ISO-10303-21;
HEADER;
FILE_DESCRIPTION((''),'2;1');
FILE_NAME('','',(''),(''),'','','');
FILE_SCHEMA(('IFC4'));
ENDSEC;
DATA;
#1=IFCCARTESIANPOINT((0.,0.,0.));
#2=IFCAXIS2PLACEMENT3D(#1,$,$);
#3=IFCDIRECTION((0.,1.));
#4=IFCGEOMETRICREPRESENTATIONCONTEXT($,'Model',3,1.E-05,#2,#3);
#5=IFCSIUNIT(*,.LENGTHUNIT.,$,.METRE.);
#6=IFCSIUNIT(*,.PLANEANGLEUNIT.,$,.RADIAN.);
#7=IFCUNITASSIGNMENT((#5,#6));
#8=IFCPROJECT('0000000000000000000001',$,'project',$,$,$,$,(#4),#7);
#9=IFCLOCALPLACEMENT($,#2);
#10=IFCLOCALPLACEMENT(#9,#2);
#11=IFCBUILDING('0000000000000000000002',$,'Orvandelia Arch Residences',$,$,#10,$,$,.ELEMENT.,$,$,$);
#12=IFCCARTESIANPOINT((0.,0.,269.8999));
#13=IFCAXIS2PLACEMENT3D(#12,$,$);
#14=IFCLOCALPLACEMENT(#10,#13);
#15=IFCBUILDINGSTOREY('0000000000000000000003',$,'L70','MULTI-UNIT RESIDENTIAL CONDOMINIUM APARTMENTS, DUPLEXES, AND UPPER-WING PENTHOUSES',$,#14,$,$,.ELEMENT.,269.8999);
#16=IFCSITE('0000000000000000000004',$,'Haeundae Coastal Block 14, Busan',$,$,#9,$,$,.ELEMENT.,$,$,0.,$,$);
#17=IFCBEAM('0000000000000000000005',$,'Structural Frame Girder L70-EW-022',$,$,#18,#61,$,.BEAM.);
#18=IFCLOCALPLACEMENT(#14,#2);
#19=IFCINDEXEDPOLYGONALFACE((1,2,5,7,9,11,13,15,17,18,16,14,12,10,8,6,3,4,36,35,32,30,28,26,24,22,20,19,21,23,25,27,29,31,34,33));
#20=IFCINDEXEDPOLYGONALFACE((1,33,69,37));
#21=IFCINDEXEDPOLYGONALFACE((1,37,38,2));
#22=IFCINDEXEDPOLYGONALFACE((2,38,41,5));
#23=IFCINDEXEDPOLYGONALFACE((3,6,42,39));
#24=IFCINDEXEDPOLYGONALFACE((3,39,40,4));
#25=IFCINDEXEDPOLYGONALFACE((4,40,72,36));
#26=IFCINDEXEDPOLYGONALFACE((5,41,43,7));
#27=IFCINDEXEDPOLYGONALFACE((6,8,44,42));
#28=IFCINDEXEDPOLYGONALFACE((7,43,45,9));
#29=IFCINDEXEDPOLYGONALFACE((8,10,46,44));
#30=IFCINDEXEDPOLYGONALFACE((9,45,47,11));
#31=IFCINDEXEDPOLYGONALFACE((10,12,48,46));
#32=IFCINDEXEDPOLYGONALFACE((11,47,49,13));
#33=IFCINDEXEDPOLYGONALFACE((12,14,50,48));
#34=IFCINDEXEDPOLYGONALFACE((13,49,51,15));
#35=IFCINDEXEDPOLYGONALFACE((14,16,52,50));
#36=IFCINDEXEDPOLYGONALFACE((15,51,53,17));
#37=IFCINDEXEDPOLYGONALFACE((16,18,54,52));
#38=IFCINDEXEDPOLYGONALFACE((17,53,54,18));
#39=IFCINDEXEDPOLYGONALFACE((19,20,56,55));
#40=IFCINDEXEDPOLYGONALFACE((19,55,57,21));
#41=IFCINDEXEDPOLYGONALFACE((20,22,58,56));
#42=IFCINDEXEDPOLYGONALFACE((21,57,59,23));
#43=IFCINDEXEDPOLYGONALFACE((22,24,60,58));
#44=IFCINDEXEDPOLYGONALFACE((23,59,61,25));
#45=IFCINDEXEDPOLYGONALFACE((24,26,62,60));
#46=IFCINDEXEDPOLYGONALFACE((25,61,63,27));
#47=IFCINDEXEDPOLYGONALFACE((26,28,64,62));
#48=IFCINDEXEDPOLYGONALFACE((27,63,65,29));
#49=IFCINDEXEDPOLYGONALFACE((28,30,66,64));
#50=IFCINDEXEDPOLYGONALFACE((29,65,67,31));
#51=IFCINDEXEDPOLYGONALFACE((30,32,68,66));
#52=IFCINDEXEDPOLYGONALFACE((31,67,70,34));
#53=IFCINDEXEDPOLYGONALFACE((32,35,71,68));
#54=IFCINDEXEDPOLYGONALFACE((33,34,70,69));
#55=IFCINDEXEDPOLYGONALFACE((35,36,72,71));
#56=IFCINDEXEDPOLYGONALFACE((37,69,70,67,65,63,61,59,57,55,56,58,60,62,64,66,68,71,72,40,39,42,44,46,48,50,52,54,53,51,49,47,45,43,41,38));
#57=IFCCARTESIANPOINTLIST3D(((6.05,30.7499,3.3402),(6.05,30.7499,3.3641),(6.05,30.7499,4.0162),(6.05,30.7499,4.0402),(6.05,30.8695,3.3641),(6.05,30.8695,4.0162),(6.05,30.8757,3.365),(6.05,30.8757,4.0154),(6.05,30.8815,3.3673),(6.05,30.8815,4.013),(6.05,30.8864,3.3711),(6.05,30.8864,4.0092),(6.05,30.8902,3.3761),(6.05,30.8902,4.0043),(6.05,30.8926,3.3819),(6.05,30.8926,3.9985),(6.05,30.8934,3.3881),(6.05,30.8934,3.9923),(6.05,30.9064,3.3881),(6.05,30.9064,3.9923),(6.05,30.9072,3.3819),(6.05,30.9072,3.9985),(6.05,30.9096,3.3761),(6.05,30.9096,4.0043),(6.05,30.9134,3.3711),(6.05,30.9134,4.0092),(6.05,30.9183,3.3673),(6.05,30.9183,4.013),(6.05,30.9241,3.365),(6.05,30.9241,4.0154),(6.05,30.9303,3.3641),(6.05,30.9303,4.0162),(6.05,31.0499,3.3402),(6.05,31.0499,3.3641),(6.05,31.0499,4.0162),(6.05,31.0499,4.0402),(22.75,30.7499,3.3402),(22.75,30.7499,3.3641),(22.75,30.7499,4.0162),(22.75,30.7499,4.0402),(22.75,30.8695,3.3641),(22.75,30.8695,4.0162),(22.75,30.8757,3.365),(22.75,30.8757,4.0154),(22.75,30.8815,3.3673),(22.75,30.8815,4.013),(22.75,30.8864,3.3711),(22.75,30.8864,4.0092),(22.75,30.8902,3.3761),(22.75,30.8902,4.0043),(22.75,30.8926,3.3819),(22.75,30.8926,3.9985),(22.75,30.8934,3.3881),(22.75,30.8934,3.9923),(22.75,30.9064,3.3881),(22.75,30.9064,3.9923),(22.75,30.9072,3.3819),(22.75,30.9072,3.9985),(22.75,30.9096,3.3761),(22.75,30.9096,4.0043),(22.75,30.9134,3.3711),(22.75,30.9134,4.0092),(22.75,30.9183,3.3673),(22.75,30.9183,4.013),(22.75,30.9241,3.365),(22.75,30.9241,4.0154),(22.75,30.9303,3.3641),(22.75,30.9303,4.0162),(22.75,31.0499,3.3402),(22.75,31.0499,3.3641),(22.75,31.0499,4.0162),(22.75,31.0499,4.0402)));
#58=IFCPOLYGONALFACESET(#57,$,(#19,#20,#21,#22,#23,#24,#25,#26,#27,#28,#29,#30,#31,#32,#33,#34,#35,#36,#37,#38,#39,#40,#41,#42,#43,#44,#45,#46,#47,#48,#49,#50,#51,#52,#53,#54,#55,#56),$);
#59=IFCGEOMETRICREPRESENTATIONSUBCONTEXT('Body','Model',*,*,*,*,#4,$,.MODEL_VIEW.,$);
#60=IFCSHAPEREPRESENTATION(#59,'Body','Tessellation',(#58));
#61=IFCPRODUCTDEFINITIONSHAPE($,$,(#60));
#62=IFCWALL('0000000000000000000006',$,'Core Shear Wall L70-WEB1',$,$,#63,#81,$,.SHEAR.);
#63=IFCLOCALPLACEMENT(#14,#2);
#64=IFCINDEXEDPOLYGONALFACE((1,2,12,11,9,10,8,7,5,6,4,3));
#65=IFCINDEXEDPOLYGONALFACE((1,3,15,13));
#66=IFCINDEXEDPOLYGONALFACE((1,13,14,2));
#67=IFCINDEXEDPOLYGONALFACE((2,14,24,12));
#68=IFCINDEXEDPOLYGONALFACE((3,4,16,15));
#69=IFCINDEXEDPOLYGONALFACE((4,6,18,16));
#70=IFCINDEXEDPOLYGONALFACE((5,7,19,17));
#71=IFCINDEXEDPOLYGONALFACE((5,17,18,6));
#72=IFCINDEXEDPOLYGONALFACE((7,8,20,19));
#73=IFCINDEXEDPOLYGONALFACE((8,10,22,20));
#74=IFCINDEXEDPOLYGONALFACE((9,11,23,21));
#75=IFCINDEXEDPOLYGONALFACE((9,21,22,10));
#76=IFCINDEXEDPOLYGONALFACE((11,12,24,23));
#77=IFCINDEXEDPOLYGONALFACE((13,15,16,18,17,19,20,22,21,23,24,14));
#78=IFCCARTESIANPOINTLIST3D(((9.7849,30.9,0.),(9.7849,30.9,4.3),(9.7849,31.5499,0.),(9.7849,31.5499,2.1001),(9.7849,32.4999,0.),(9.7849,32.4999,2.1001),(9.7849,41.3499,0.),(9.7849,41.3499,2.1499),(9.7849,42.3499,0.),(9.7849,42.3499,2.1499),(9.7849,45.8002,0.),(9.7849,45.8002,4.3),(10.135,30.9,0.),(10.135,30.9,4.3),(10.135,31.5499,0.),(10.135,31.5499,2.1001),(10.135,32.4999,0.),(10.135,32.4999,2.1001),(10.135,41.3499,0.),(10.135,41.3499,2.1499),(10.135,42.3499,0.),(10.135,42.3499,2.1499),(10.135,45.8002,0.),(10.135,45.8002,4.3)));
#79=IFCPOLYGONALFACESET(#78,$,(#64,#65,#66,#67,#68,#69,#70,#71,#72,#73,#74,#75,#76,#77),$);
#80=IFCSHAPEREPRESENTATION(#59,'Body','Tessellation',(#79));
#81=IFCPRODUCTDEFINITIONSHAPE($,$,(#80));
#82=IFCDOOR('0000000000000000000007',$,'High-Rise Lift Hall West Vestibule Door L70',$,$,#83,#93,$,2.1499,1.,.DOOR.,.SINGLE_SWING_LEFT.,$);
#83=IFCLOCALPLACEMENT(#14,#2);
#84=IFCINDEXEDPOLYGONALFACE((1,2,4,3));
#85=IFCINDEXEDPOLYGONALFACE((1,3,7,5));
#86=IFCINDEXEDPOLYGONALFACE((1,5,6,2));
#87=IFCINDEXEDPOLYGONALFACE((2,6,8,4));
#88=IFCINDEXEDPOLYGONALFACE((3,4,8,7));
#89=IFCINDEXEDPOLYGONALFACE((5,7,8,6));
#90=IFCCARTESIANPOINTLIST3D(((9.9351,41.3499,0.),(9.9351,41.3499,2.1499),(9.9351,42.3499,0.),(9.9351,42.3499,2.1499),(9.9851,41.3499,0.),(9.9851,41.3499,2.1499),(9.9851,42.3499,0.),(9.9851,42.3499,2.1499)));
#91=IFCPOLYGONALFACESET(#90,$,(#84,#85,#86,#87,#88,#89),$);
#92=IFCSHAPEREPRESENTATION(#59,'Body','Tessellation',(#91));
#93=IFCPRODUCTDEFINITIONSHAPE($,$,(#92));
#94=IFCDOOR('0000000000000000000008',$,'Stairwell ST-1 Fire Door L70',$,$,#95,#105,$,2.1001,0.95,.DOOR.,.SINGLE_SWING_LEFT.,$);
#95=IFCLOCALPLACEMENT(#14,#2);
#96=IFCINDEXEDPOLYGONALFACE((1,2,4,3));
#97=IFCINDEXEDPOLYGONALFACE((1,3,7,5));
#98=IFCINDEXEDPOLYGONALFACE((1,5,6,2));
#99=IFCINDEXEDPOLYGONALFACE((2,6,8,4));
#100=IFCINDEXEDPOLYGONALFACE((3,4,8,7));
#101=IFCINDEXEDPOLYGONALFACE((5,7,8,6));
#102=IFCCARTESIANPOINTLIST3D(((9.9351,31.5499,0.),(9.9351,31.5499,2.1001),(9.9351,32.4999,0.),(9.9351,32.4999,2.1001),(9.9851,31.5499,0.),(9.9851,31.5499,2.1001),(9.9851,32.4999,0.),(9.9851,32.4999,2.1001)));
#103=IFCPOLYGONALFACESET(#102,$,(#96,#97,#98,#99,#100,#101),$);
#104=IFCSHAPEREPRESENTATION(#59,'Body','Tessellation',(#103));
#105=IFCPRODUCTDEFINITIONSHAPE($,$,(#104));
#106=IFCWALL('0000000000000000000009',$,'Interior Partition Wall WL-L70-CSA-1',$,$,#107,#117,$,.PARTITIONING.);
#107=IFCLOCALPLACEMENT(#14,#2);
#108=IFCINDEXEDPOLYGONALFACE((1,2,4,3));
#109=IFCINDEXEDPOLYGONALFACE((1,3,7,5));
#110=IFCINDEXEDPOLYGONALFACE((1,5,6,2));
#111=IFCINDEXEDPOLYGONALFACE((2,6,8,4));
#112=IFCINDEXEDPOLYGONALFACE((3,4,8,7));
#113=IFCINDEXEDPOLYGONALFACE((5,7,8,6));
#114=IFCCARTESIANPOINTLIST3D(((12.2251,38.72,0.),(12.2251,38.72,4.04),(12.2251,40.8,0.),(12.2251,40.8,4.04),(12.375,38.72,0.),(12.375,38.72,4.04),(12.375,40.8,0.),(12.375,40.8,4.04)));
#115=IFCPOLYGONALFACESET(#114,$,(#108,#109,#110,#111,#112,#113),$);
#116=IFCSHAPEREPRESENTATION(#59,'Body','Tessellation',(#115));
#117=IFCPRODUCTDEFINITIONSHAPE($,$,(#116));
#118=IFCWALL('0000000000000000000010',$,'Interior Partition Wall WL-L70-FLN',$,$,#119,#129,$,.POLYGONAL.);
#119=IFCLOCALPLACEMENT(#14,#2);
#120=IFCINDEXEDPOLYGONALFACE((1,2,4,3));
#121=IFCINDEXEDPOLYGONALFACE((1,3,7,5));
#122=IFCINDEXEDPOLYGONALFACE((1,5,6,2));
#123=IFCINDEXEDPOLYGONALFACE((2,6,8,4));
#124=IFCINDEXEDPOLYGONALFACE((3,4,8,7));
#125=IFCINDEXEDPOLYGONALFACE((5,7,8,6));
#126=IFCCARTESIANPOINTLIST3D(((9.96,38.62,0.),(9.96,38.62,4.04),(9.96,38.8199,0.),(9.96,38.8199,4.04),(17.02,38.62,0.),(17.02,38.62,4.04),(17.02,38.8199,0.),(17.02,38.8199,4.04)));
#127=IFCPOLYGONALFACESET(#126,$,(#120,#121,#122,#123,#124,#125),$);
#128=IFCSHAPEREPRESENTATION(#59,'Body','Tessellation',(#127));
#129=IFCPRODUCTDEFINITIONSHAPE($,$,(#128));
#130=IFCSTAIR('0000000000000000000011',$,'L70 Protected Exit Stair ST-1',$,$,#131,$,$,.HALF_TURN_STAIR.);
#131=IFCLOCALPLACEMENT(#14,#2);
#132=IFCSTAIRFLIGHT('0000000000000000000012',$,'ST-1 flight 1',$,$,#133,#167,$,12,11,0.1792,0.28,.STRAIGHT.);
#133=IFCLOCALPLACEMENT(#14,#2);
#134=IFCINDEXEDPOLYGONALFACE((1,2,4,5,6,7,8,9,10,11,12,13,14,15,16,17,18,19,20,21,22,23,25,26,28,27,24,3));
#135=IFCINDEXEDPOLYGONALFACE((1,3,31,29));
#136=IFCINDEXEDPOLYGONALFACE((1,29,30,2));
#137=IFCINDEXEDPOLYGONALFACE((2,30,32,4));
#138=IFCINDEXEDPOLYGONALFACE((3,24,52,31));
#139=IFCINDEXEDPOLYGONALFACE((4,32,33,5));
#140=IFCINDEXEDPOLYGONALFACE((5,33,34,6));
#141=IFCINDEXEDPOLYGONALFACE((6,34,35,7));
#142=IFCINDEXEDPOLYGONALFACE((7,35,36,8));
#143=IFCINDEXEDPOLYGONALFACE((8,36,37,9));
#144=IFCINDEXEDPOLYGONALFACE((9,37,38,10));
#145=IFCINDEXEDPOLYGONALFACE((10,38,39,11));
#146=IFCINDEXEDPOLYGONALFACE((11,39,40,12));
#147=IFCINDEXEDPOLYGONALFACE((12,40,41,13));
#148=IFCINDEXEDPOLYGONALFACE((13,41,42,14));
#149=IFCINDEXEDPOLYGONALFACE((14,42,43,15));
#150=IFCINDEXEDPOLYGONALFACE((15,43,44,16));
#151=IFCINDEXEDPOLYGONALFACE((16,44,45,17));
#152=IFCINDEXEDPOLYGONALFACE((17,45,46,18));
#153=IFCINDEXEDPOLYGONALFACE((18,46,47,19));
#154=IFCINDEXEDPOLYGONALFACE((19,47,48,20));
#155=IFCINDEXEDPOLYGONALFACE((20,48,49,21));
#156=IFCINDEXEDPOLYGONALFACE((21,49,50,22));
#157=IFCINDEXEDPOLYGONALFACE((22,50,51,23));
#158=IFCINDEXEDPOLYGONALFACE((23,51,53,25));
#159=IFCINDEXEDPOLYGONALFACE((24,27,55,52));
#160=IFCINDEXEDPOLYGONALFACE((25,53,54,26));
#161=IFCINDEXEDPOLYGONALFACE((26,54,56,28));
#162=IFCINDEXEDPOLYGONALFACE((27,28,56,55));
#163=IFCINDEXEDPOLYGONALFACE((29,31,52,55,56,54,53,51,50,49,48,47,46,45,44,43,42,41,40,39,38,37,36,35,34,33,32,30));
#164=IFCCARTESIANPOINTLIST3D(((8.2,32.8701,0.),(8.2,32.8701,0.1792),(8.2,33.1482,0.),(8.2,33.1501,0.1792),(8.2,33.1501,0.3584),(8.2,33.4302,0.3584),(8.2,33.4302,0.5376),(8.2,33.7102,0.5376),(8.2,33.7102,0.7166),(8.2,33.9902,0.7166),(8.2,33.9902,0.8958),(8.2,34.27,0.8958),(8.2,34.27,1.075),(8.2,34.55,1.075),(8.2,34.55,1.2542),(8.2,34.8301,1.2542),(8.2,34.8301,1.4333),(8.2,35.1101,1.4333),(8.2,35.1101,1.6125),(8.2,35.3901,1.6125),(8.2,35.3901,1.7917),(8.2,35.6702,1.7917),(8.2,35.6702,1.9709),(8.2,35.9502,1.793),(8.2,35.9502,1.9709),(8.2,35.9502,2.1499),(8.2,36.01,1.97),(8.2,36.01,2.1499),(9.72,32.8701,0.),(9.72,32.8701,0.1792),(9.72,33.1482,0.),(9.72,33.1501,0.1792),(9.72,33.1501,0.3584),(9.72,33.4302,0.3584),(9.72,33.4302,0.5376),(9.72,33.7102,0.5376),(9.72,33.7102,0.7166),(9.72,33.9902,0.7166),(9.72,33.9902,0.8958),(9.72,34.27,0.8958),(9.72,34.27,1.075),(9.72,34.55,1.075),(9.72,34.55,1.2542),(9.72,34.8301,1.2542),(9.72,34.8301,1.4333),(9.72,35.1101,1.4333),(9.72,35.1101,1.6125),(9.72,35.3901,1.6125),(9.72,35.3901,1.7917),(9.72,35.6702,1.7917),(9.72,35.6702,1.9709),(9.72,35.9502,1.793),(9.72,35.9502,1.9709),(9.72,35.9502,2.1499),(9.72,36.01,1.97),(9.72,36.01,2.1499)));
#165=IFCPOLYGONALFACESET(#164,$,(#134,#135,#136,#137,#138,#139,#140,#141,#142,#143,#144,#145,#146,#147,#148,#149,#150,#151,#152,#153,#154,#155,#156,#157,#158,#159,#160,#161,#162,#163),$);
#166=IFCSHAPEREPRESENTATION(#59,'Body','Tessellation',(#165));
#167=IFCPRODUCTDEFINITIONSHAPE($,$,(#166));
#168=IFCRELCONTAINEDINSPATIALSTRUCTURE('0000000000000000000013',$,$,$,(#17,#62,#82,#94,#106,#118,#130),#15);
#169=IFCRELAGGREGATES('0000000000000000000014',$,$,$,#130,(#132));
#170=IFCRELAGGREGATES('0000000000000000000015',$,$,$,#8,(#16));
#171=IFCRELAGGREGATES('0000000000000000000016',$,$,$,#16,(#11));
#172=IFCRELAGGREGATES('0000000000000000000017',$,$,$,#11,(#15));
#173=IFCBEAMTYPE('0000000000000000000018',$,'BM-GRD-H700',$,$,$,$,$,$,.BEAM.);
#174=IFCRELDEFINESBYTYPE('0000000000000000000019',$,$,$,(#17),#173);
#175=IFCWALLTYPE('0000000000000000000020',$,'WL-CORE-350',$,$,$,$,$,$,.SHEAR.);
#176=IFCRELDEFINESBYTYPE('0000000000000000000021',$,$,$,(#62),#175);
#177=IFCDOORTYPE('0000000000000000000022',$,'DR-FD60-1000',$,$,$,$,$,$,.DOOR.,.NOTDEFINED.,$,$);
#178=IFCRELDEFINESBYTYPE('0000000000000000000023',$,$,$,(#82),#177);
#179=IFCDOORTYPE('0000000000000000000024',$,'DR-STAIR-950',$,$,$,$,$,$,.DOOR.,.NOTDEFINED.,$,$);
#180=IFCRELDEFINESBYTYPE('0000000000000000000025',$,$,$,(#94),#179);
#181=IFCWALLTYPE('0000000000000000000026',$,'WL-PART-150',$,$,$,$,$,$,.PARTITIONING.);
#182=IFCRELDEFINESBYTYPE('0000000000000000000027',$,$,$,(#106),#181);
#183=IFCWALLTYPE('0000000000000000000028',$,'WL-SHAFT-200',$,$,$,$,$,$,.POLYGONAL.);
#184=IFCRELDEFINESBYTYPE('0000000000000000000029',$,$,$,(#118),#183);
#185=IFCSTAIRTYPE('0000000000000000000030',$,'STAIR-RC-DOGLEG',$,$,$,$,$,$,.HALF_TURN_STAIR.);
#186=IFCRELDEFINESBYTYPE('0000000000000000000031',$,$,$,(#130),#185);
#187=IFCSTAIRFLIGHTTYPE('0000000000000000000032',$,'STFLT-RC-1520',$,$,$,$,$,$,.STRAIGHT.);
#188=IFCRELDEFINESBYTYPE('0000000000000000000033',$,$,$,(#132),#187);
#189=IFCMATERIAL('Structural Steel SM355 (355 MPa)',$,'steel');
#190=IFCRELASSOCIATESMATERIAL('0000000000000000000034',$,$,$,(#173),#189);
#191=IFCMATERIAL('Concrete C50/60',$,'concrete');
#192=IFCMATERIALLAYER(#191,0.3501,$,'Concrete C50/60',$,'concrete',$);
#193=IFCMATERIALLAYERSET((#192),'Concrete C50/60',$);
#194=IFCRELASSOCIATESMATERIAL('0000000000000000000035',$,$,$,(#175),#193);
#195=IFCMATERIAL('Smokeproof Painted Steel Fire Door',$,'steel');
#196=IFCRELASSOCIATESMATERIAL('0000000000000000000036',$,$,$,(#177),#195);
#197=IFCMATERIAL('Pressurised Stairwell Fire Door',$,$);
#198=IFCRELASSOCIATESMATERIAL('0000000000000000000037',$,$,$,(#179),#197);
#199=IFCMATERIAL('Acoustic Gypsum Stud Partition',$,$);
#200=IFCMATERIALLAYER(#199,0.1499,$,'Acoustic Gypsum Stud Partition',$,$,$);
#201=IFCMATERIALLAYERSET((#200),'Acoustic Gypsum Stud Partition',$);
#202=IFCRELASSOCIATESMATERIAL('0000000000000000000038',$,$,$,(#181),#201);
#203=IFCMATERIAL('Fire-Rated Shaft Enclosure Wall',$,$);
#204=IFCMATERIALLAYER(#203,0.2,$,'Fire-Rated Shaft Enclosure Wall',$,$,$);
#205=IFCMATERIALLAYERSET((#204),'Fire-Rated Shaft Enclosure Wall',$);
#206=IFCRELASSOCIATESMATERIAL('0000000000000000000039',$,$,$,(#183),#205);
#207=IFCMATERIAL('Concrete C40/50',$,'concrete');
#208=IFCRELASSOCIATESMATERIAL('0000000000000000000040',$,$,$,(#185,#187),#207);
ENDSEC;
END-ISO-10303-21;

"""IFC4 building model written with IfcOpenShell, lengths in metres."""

from ifc_helpers import new_model, si_unit, direction, frame, frame_2d, origin, origin_2d, place, context, subcontext, project, spatial, polyline, rectangle, i_section, outline, extrude, material, layer, layer_set, material_profile, profile_set, type_object, element, fill, aggregate, save


model = new_model("IFC4")

# Units and contexts
model_context = context("Model", 3, precision=1e-05, world=origin(), true_north=direction((0.0, 1.0)))
body_context = subcontext(model_context, "Body", "Model", "MODEL_VIEW")
ifc_project = project(units=[si_unit("LENGTHUNIT", "METRE"), si_unit("PLANEANGLEUNIT", "RADIAN")], contexts=[model_context])

# Site, building, storey
site_placement = place(None, origin())
site = spatial("IfcSite", under=ifc_project, at=site_placement, Name="Haeundae Coastal Block 14, Busan", CompositionType="ELEMENT", RefElevation=0.0)
building_placement = place(site_placement, origin())
building = spatial("IfcBuilding", under=site, at=building_placement, Name="Orvandelia Arch Residences", CompositionType="ELEMENT")
storey_placement = place(building_placement, frame((0.0, 0.0, 269.8999)))
storey = spatial("IfcBuildingStorey", under=building, at=storey_placement, Name="L70", Description="MULTI-UNIT RESIDENTIAL CONDOMINIUM APARTMENTS, DUPLEXES, AND UPPER-WING PENTHOUSES", CompositionType="ELEMENT", Elevation=269.8999)

# Shared definitions
ifc_material_1 = material(Name="Concrete C50/60", Category="concrete")

# Beam
ifc_material_2 = material(Name="Structural Steel SM355 (355 MPa)", Category="steel")
ifc_material_profile_1 = material_profile(ifc_material_2, i_section(OverallWidth=0.3, OverallDepth=0.7, WebThickness=0.0129, FlangeThickness=0.0239, FilletRadius=0.0239, at=origin_2d()), Name="Structural Steel SM355 (355 MPa)", Category="steel")
ifc_profile_set_1 = profile_set([ifc_material_profile_1], Name="Structural Steel SM355 (355 MPa)")
beam_type = type_object("IfcBeamType", Name="BM-GRD-H700", PredefinedType="BEAM", material=ifc_profile_set_1)
beam_1_placement = place(storey_placement, frame((6.05, 30.8999, 3.6902), z_axis=(1.0, 0.0, 0.0), x_axis=(0.0, 1.0, 0.0)))
element("IfcBeam", 1, at=beam_1_placement, inside=storey, type_object=beam_type, Name="Structural Frame Girder L70-EW-022", PredefinedType="BEAM", context=body_context, shape_type="SweptSolid", body=[
    extrude(i_section(OverallWidth=0.3, OverallDepth=0.7, WebThickness=0.0129, FlangeThickness=0.0239, FilletRadius=0.0239, at=origin_2d()), origin(), (0.0, 0.0, 1.0), 16.7),
])

# Wall, openings, doors
ifc_layer_1 = layer(ifc_material_1, 0.3501, Name="Concrete C50/60", Category="concrete")
ifc_layer_set_1 = layer_set([ifc_layer_1], Name="Concrete C50/60")
wall_type_1 = type_object("IfcWallType", Name="WL-CORE-350", PredefinedType="SHEAR", material=ifc_layer_set_1)
wall_1_placement = place(storey_placement, frame((9.96, 30.8999, 0.0), z_axis=(0.0, 0.0, 1.0), x_axis=(0.0, 1.0, 0.0)))
wall_1 = element("IfcWall", 2, at=wall_1_placement, inside=storey, type_object=wall_type_1, Name="Core Shear Wall L70-WEB1", PredefinedType="SHEAR", context=body_context, shape_type="SweptSolid", body=[
    extrude(rectangle(XDim=14.9001, YDim=0.3501, at=frame_2d((7.4502, 0.0))), origin(), (0.0, 0.0, 1.0), 4.3),
])
opening_1_placement = place(wall_1_placement, frame((0.6499, 0.0, 0.0)))
opening_1 = element("IfcOpeningElement", 3, at=opening_1_placement, cuts=wall_1, PredefinedType="OPENING", context=body_context, shape_type="SweptSolid", body=[
    extrude(rectangle(XDim=0.95, YDim=2.1001, at=frame_2d((0.4751, 1.05))), frame((0.0, 0.1851, 0.0), z_axis=(0.0, -1.0, 0.0), x_axis=(1.0, 0.0, 0.0)), (0.0, 0.0, 1.0), 0.3701),
])
opening_2_placement = place(wall_1_placement, frame((10.45, 0.0, 0.0)))
opening_2 = element("IfcOpeningElement", 4, at=opening_2_placement, cuts=wall_1, PredefinedType="OPENING", context=body_context, shape_type="SweptSolid", body=[
    extrude(rectangle(XDim=1.0, YDim=2.1499, at=frame_2d((0.5, 1.075))), frame((0.0, 0.1851, 0.0), z_axis=(0.0, -1.0, 0.0), x_axis=(1.0, 0.0, 0.0)), (0.0, 0.0, 1.0), 0.3701),
])
ifc_material_3 = material(Name="Smokeproof Painted Steel Fire Door", Category="steel")
door_type_1 = type_object("IfcDoorType", Name="DR-FD60-1000", OperationType="NOTDEFINED", PredefinedType="DOOR", material=ifc_material_3)
door_1_placement = place(opening_2_placement, origin())
door_1 = element("IfcDoor", 5, at=door_1_placement, inside=storey, type_object=door_type_1, Name="High-Rise Lift Hall West Vestibule Door L70", OperationType="SINGLE_SWING_LEFT", OverallHeight=2.1499, OverallWidth=1.0, PredefinedType="DOOR", context=body_context, shape_type="SweptSolid", body=[
    extrude(rectangle(XDim=1.0, YDim=2.1499, at=frame_2d((0.5, 1.075))), frame((0.0, 0.0249, 0.0), z_axis=(0.0, -1.0, 0.0), x_axis=(1.0, 0.0, 0.0)), (0.0, 0.0, 1.0), 0.05),
])
fill(opening_2, door_1)
ifc_material_4 = material(Name="Pressurised Stairwell Fire Door")
door_type_2 = type_object("IfcDoorType", Name="DR-STAIR-950", OperationType="NOTDEFINED", PredefinedType="DOOR", material=ifc_material_4)
door_2_placement = place(opening_1_placement, origin())
door_2 = element("IfcDoor", 6, at=door_2_placement, inside=storey, type_object=door_type_2, Name="Stairwell ST-1 Fire Door L70", OperationType="SINGLE_SWING_LEFT", OverallHeight=2.1001, OverallWidth=0.95, PredefinedType="DOOR", context=body_context, shape_type="SweptSolid", body=[
    extrude(rectangle(XDim=0.95, YDim=2.1001, at=frame_2d((0.4751, 1.05))), frame((0.0, 0.0249, 0.0), z_axis=(0.0, -1.0, 0.0), x_axis=(1.0, 0.0, 0.0)), (0.0, 0.0, 1.0), 0.05),
])
fill(opening_1, door_2)

# Walls
ifc_material_5 = material(Name="Acoustic Gypsum Stud Partition")
ifc_layer_2 = layer(ifc_material_5, 0.1499, Name="Acoustic Gypsum Stud Partition")
ifc_layer_set_2 = layer_set([ifc_layer_2], Name="Acoustic Gypsum Stud Partition")
wall_type_2 = type_object("IfcWallType", Name="WL-PART-150", PredefinedType="PARTITIONING", material=ifc_layer_set_2)
wall_2_placement = place(storey_placement, frame((12.3, 38.72, 0.0), z_axis=(0.0, 0.0, 1.0), x_axis=(0.0, 1.0, 0.0)))
element("IfcWall", 7, at=wall_2_placement, inside=storey, type_object=wall_type_2, Name="Interior Partition Wall WL-L70-CSA-1", PredefinedType="PARTITIONING", context=body_context, shape_type="SweptSolid", body=[
    extrude(rectangle(XDim=2.0801, YDim=0.1499, at=frame_2d((1.04, 0.0))), origin(), (0.0, 0.0, 1.0), 4.04),
])
ifc_material_6 = material(Name="Fire-Rated Shaft Enclosure Wall")
ifc_layer_3 = layer(ifc_material_6, 0.2, Name="Fire-Rated Shaft Enclosure Wall")
ifc_layer_set_3 = layer_set([ifc_layer_3], Name="Fire-Rated Shaft Enclosure Wall")
wall_type_3 = type_object("IfcWallType", Name="WL-SHAFT-200", PredefinedType="POLYGONAL", material=ifc_layer_set_3)
wall_3_placement = place(storey_placement, frame((9.96, 38.72, 0.0), z_axis=(0.0, 0.0, 1.0), x_axis=(1.0, 0.0, 0.0)))
element("IfcWall", 8, at=wall_3_placement, inside=storey, type_object=wall_type_3, Name="Interior Partition Wall WL-L70-FLN", PredefinedType="POLYGONAL", context=body_context, shape_type="SweptSolid", body=[
    extrude(rectangle(XDim=7.0601, YDim=0.2, at=frame_2d((3.53, 0.0))), origin(), (0.0, 0.0, 1.0), 4.04),
])

# Stair, stair flight
ifc_material_7 = material(Name="Concrete C40/50", Category="concrete")
stair_type = type_object("IfcStairType", Name="STAIR-RC-DOGLEG", PredefinedType="HALF_TURN_STAIR", material=ifc_material_7)
stair_placement = place(storey_placement, origin())
stair = element("IfcStair", 9, at=stair_placement, inside=storey, type_object=stair_type, Name="L70 Protected Exit Stair ST-1", PredefinedType="HALF_TURN_STAIR")
stair_flight_type = type_object("IfcStairFlightType", Name="STFLT-RC-1520", PredefinedType="STRAIGHT", material=ifc_material_7)
stair_flight_1_placement = place(storey_placement, frame((8.96, 32.8701, 0.0), z_axis=(0.0, 0.0, 1.0), x_axis=(0.0, 1.0, 0.0)))
stair_flight_1 = element("IfcStairFlight", 10, at=stair_flight_1_placement, type_object=stair_flight_type, Name="ST-1 flight 1", NumberOfRisers=12, NumberOfTreads=11, PredefinedType="STRAIGHT", RiserHeight=0.1792, TreadLength=0.28, context=body_context, shape_type="SweptSolid", body=[
    extrude(outline(polyline([(0.0, 0.0), (0.0, 0.1792), (0.28, 0.1792), (0.28, 0.3584), (0.5601, 0.3584), (0.5601, 0.5376), (0.8401, 0.5376), (0.8401, 0.7166), (1.1201, 0.7166), (1.1201, 0.8958), (1.3999, 0.8958), (1.3999, 1.075), (1.6799, 1.075), (1.6799, 1.2542), (1.96, 1.2542), (1.96, 1.4333), (2.24, 1.4333), (2.24, 1.6125), (2.52, 1.6125), (2.52, 1.7917), (2.8, 1.7917), (2.8, 1.9709), (3.0801, 1.9709), (3.0801, 2.1499), (3.1399, 2.1499), (3.1399, 1.97), (3.0801, 1.793), (0.2781, 0.0), (0.0, 0.0)])), frame((0.0, 0.76, 0.0), z_axis=(0.0, -1.0, 0.0), x_axis=(1.0, 0.0, 0.0)), (0.0, 0.0, 1.0), 1.52),
])
aggregate(stair, [stair_flight_1])

save(model, "model.ifc")
